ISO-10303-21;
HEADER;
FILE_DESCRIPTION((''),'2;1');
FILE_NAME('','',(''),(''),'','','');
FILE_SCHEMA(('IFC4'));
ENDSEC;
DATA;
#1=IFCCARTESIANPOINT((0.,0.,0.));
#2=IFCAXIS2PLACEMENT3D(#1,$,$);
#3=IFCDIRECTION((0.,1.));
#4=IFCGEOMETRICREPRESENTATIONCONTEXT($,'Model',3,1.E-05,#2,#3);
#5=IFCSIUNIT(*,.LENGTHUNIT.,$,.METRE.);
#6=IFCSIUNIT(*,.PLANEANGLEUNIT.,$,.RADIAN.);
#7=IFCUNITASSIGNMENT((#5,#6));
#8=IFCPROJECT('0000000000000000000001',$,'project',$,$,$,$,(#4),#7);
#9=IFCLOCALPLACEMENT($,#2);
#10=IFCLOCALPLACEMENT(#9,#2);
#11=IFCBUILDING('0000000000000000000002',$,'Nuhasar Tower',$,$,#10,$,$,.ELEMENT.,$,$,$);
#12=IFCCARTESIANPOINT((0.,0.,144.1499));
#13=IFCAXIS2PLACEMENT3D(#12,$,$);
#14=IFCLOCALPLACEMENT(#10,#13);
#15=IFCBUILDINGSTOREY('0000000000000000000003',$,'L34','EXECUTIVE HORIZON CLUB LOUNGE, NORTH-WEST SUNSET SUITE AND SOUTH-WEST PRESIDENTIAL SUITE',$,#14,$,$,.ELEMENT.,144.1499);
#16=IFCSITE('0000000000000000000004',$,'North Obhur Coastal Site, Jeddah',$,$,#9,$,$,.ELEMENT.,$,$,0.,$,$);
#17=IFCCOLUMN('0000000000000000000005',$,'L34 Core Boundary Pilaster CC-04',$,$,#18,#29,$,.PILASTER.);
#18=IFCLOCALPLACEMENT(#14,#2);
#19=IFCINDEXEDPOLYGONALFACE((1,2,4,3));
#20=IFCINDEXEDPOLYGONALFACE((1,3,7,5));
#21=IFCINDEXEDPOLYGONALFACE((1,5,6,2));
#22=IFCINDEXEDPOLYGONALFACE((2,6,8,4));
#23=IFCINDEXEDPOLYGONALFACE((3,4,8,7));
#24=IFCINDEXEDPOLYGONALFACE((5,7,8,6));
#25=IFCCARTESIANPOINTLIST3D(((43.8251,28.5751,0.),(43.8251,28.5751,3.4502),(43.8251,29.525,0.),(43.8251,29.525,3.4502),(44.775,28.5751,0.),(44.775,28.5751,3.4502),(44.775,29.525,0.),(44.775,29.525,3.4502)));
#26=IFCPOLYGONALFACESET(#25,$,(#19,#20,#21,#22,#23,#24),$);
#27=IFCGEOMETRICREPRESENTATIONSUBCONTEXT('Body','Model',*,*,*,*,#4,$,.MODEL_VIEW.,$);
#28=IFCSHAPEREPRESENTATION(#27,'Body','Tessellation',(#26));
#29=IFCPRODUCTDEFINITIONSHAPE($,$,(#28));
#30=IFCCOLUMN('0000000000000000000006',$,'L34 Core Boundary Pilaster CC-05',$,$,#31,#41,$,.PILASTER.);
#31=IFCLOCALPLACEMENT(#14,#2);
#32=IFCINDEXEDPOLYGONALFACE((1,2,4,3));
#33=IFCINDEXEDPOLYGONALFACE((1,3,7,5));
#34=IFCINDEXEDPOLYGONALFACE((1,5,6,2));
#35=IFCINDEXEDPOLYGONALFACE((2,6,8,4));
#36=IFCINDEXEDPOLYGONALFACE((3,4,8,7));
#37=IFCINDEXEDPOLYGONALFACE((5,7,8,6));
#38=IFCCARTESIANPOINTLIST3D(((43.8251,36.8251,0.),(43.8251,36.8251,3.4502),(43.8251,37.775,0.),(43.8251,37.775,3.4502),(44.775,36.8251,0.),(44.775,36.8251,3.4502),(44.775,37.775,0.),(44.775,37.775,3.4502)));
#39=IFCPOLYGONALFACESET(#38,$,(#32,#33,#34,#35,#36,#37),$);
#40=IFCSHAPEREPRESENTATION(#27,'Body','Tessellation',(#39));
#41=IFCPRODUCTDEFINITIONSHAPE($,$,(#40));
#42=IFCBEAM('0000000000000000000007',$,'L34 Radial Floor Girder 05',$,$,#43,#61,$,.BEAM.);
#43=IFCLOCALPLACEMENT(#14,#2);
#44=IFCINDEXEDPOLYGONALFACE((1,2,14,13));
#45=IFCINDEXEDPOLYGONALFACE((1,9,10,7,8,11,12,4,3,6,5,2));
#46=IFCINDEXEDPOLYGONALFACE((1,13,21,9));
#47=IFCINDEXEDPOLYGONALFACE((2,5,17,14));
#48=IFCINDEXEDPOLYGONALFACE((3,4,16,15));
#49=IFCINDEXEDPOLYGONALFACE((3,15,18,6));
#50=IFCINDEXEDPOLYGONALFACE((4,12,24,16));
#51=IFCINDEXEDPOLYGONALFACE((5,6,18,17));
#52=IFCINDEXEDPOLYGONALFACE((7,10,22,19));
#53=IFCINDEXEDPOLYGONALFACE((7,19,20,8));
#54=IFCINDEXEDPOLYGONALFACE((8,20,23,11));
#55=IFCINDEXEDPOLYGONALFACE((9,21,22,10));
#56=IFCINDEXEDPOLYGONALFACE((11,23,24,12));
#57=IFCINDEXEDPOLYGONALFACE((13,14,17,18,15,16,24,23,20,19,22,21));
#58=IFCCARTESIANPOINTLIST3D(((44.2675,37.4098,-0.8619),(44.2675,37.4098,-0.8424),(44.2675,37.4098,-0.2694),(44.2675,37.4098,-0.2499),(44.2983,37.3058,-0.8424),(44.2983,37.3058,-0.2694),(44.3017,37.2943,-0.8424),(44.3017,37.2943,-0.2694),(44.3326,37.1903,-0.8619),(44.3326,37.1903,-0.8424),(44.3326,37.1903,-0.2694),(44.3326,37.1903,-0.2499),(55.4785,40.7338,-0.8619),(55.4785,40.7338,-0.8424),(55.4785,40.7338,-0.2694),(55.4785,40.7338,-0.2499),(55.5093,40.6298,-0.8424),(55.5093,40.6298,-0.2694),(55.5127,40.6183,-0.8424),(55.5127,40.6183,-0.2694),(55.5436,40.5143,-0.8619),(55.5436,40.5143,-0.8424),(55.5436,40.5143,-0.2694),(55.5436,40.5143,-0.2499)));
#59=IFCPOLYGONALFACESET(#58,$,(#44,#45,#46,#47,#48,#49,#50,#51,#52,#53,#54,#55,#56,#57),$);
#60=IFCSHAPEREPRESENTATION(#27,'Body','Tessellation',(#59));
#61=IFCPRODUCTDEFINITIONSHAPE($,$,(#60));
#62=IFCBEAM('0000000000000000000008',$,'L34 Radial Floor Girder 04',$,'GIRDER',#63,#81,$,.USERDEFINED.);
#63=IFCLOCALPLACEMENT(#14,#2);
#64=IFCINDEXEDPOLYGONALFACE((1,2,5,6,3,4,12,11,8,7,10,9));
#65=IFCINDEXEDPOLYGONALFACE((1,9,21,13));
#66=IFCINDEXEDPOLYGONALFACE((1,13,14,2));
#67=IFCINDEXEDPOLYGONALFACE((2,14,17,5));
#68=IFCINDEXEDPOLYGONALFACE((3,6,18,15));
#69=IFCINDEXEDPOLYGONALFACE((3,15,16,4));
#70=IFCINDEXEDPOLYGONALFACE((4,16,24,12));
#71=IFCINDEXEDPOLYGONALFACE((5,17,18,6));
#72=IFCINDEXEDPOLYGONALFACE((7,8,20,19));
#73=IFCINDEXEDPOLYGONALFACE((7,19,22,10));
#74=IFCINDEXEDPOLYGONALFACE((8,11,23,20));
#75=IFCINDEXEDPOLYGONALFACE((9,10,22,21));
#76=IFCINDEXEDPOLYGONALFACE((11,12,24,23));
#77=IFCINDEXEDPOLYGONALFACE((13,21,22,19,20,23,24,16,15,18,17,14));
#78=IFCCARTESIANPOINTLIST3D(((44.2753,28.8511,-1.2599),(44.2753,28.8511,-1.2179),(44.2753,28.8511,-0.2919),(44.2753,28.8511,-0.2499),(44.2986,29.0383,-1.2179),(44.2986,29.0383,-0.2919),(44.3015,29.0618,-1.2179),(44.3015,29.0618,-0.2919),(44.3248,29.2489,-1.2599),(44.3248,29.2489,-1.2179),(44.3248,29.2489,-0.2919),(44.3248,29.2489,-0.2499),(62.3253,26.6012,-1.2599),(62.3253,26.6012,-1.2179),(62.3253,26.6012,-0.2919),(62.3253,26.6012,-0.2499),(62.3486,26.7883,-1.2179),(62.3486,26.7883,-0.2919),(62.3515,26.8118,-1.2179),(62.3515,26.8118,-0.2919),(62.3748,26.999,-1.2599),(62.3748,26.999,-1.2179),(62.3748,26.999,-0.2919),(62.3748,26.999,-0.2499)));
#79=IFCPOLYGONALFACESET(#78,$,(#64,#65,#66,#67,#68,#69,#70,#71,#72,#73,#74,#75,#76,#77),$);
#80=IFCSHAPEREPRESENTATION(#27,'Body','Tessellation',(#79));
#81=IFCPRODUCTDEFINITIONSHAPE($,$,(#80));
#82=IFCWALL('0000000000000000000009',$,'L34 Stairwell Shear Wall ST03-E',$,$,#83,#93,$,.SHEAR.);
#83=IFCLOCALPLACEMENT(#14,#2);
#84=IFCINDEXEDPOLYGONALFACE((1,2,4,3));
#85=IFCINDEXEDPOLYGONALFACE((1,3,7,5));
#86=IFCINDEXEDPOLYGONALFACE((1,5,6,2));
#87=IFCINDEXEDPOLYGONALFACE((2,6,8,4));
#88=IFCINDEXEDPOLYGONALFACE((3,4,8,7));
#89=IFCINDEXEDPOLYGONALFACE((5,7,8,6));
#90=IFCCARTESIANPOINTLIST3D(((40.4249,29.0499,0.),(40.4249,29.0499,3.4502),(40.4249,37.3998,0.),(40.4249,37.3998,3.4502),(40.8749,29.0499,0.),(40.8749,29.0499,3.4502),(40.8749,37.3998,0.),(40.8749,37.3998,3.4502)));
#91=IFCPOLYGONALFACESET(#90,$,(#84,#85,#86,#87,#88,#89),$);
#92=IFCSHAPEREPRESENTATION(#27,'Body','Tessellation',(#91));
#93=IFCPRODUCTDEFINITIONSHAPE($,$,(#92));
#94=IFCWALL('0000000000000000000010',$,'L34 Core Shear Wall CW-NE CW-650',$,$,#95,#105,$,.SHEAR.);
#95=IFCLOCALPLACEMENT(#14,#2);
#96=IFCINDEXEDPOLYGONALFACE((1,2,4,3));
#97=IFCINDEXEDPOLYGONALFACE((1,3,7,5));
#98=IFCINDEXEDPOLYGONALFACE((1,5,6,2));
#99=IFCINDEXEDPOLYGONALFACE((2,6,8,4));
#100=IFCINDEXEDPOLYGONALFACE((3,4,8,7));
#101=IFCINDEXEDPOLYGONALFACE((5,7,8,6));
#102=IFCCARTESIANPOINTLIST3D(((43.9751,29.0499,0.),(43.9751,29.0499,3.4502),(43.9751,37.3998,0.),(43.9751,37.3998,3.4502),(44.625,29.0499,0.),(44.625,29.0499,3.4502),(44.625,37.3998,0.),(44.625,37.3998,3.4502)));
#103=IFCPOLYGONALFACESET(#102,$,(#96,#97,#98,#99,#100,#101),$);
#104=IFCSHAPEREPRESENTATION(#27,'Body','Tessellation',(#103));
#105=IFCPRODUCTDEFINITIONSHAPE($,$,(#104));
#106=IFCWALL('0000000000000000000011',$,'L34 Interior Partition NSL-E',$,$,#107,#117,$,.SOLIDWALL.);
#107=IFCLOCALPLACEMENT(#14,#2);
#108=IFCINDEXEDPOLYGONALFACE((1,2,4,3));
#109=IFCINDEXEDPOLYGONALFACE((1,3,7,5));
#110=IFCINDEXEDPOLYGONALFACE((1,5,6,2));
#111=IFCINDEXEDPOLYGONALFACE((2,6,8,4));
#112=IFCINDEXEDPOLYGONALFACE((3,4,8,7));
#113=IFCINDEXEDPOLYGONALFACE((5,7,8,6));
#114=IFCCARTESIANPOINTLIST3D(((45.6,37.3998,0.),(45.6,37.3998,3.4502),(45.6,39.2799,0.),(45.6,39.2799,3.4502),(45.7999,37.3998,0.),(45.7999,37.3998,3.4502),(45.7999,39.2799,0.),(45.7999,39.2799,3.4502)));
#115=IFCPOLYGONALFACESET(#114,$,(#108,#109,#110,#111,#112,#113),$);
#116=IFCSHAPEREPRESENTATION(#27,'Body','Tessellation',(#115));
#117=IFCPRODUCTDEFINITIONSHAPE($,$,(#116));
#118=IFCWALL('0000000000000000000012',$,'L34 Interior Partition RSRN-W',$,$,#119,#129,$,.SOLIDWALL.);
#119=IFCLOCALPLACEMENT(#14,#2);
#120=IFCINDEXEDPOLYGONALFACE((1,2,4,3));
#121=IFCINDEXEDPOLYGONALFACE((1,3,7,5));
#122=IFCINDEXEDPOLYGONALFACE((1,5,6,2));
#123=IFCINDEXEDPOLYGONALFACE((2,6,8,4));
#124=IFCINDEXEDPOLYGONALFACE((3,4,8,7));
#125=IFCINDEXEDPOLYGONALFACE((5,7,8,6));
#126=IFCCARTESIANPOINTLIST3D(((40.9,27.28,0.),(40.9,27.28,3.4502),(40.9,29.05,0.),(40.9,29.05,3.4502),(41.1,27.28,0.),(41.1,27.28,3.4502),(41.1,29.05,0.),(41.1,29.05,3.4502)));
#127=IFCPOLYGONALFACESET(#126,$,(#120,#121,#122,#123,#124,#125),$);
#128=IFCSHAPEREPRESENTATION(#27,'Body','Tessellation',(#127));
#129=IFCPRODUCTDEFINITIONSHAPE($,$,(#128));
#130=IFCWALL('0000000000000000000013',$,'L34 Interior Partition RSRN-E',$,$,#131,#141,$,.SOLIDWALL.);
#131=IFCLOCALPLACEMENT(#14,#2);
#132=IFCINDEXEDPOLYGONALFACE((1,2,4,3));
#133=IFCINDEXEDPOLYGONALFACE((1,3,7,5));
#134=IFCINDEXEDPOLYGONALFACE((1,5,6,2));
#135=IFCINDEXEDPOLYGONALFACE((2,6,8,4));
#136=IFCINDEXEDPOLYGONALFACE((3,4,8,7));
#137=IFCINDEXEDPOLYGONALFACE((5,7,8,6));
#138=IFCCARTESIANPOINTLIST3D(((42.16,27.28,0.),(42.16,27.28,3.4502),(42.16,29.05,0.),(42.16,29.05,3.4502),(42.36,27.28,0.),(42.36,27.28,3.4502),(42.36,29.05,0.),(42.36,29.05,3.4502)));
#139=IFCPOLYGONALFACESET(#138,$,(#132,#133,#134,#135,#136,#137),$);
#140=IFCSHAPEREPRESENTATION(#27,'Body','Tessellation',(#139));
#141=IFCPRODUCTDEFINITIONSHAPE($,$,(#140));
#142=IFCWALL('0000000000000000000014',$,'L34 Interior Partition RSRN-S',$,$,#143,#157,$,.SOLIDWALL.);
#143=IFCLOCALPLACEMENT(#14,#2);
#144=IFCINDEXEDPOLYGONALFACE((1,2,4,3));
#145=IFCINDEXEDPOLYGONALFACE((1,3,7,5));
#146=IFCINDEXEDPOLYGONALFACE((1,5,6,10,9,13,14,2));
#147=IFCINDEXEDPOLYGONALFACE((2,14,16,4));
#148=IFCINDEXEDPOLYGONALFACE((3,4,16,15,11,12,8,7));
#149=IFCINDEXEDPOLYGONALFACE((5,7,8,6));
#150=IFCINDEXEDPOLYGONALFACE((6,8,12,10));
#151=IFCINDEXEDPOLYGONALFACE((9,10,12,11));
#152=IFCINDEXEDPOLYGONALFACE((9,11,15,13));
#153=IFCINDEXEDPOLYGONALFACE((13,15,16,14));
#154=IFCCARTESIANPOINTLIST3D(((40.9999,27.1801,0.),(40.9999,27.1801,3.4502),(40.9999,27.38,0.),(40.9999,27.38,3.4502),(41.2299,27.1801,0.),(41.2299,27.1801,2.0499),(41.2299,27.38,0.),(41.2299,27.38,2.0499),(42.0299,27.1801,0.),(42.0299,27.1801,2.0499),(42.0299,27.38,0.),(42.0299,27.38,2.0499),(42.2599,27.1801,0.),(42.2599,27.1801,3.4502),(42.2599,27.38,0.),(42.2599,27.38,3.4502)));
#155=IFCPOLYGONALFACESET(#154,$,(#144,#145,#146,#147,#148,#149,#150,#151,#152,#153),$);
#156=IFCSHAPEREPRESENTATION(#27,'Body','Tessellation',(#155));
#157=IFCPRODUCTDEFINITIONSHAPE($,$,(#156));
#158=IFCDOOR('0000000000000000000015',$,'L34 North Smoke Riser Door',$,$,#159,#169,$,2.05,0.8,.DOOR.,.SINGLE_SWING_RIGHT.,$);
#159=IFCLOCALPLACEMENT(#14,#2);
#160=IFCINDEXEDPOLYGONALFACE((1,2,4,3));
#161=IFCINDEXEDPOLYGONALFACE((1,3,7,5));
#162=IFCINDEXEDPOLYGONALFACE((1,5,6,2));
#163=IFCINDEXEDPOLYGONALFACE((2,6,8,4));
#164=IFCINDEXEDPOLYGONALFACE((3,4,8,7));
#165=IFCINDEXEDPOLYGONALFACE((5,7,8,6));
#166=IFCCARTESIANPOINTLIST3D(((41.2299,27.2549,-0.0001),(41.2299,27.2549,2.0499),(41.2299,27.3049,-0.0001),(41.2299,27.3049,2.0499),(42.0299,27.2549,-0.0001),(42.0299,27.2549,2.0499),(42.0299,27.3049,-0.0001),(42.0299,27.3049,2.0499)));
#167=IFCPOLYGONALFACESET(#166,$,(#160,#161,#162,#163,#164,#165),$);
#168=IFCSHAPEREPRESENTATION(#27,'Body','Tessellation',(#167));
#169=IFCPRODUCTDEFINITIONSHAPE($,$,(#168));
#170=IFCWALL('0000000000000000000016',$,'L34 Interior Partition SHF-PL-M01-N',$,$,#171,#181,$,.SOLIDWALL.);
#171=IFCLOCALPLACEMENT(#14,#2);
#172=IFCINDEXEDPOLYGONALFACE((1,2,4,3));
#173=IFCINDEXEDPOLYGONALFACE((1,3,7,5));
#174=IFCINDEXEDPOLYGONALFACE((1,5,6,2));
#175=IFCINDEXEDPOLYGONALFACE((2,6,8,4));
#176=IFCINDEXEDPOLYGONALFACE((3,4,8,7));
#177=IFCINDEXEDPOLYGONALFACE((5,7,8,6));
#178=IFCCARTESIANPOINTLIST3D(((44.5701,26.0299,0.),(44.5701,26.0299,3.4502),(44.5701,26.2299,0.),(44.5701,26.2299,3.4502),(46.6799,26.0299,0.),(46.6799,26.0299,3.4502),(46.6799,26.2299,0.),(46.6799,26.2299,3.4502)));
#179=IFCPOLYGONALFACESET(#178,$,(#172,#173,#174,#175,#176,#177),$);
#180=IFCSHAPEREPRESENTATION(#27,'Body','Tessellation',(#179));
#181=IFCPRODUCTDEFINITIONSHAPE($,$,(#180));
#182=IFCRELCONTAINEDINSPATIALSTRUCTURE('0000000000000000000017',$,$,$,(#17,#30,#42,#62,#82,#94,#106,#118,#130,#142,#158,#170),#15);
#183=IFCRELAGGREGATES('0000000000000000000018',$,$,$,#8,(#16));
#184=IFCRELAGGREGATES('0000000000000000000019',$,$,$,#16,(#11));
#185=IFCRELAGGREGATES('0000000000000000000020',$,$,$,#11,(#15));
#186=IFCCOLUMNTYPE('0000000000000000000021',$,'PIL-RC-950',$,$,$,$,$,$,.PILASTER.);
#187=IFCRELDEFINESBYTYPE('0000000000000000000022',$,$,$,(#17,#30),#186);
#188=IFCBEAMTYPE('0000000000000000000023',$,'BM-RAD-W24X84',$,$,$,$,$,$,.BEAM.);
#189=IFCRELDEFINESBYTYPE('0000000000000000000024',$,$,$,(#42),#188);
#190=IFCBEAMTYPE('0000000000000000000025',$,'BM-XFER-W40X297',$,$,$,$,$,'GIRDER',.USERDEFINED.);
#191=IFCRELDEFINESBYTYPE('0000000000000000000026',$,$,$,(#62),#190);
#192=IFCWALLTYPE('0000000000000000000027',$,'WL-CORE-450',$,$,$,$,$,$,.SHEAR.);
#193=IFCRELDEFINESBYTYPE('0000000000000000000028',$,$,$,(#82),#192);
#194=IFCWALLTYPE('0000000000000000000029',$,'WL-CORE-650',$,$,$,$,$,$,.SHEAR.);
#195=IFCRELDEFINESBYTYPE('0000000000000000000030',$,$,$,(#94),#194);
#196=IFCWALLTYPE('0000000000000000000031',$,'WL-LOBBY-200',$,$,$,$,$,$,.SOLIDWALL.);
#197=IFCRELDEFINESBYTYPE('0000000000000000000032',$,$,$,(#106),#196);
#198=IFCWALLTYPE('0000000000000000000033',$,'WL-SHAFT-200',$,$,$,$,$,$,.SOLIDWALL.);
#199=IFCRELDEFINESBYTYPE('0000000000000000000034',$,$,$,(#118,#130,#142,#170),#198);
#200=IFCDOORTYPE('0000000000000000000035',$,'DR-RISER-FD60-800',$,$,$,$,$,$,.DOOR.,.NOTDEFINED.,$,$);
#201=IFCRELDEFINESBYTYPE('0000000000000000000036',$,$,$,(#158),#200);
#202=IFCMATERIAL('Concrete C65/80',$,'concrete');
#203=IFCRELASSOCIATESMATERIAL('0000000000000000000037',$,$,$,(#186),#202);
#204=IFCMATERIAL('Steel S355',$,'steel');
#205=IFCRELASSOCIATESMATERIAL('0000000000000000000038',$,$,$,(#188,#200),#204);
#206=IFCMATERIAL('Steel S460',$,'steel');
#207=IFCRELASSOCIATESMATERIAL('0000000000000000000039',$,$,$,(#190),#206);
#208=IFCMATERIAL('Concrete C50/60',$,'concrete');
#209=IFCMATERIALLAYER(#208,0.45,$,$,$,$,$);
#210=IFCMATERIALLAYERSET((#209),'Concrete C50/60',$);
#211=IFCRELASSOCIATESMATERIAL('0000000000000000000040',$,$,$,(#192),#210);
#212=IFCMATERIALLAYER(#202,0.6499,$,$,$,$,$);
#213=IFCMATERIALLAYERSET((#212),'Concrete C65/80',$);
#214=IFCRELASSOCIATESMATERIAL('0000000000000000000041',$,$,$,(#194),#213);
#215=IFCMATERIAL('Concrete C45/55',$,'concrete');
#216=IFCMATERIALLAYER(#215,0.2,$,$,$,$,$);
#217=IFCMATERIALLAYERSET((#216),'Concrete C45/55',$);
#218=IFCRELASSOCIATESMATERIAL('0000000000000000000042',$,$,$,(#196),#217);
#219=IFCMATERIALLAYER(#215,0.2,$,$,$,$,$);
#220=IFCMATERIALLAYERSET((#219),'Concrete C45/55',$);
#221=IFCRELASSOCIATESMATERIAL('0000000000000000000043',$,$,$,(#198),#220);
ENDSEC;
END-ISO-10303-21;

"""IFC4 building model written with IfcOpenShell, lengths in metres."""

from ifc_helpers import new_model, si_unit, direction, frame, frame_2d, origin, origin_2d, place, context, subcontext, project, spatial, rectangle, i_section, extrude, material, layer, layer_set, material_profile, profile_set, type_object, element, fill, save


model = new_model("IFC4")

# Units and contexts
model_context = context("Model", 3, precision=1e-05, world=origin(), true_north=direction((0.0, 1.0)))
body_context = subcontext(model_context, "Body", "Model", "MODEL_VIEW")
ifc_project = project(units=[si_unit("LENGTHUNIT", "METRE"), si_unit("PLANEANGLEUNIT", "RADIAN")], contexts=[model_context])

# Site, building, storey
site_placement = place(None, origin())
site = spatial("IfcSite", under=ifc_project, at=site_placement, Name="North Obhur Coastal Site, Jeddah", CompositionType="ELEMENT", RefElevation=0.0)
building_placement = place(site_placement, origin())
building = spatial("IfcBuilding", under=site, at=building_placement, Name="Nuhasar Tower", CompositionType="ELEMENT")
storey_placement = place(building_placement, frame((0.0, 0.0, 144.1499)))
storey = spatial("IfcBuildingStorey", under=building, at=storey_placement, Name="L34", Description="EXECUTIVE HORIZON CLUB LOUNGE, NORTH-WEST SUNSET SUITE AND SOUTH-WEST PRESIDENTIAL SUITE", CompositionType="ELEMENT", Elevation=144.1499)

# Columns
ifc_material_1 = material(Name="Concrete C65/80", Category="concrete")
ifc_material_profile_1 = material_profile(ifc_material_1, rectangle(XDim=0.95, YDim=0.95, at=origin_2d()), Name="RC950X950")
ifc_profile_set_1 = profile_set([ifc_material_profile_1], Name="Concrete C65/80")
column_type = type_object("IfcColumnType", Name="PIL-RC-950", PredefinedType="PILASTER", material=ifc_profile_set_1)
for number, where, z_axis, x_axis, name in (
    (1, (44.3, 29.05, 0.0), (0.0, 0.0, 1.0), (1.0, 0.0, 0.0), "L34 Core Boundary Pilaster CC-04"),
    (2, (44.3, 37.3, 0.0), (0.0, 0.0, 1.0), (1.0, 0.0, 0.0), "L34 Core Boundary Pilaster CC-05"),
):
    element("IfcColumn", number, at=place(storey_placement, frame(where, z_axis=z_axis, x_axis=x_axis)), inside=storey, type_object=column_type, Name=name, PredefinedType="PILASTER", context=body_context, shape_type="SweptSolid", body=[
        extrude(rectangle(XDim=0.95, YDim=0.95, at=origin_2d()), origin(), (0.0, 0.0, 1.0), 3.4502),
    ])

# Beams
ifc_material_2 = material(Name="Steel S355", Category="steel")
ifc_material_profile_2 = material_profile(ifc_material_2, i_section(OverallWidth=0.229, OverallDepth=0.6121, WebThickness=0.012, FlangeThickness=0.0195, at=origin_2d()), Name="W24X84")
ifc_profile_set_2 = profile_set([ifc_material_profile_2], Name="Steel S355")
beam_type_1 = type_object("IfcBeamType", Name="BM-RAD-W24X84", PredefinedType="BEAM", material=ifc_profile_set_2)
beam_1_placement = place(storey_placement, frame((44.3, 37.3, -0.5559), z_axis=(0.958746, 0.284262, 0.0), x_axis=(-0.284262, 0.958746, 0.0)))
element("IfcBeam", 3, at=beam_1_placement, inside=storey, type_object=beam_type_1, Name="L34 Radial Floor Girder 05", PredefinedType="BEAM", context=body_context, shape_type="SweptSolid", body=[
    extrude(i_section(OverallWidth=0.229, OverallDepth=0.6121, WebThickness=0.012, FlangeThickness=0.0195, at=origin_2d()), origin(), (0.0, 0.0, 1.0), 11.6934),
])
ifc_material_3 = material(Name="Steel S460", Category="steel")
ifc_material_profile_3 = material_profile(ifc_material_3, i_section(OverallWidth=0.4009, OverallDepth=1.01, WebThickness=0.0237, FlangeThickness=0.042, at=origin_2d()), Name="W40X297")
ifc_profile_set_3 = profile_set([ifc_material_profile_3], Name="Steel S460")
beam_type_2 = type_object("IfcBeamType", Name="BM-XFER-W40X297", ElementType="GIRDER", PredefinedType="USERDEFINED", material=ifc_profile_set_3)
beam_2_placement = place(storey_placement, frame((44.3, 29.05, -0.7549), z_axis=(0.99232, -0.123696, 0.0), x_axis=(0.123696, 0.99232, 0.0)))
element("IfcBeam", 4, at=beam_2_placement, inside=storey, type_object=beam_type_2, Name="L34 Radial Floor Girder 04", ObjectType="GIRDER", PredefinedType="USERDEFINED", context=body_context, shape_type="SweptSolid", body=[
    extrude(i_section(OverallWidth=0.4009, OverallDepth=1.01, WebThickness=0.0237, FlangeThickness=0.042, at=origin_2d()), origin(), (0.0, 0.0, 1.0), 18.1897),
])

# Shared definitions
ifc_material_4 = material(Name="Concrete C50/60", Category="concrete")
ifc_layer_1 = layer(ifc_material_4, 0.45)
ifc_layer_set_1 = layer_set([ifc_layer_1], Name="Concrete C50/60")
wall_type_1 = type_object("IfcWallType", Name="WL-CORE-450", PredefinedType="SHEAR", material=ifc_layer_set_1)

# Wall
wall_1_placement = place(storey_placement, frame((40.6499, 29.05, 0.0), z_axis=(0.0, 0.0, 1.0), x_axis=(0.0, 1.0, 0.0)))
element("IfcWall", 5, at=wall_1_placement, inside=storey, type_object=wall_type_1, Name="L34 Stairwell Shear Wall ST03-E", PredefinedType="SHEAR", context=body_context, shape_type="SweptSolid", body=[
    extrude(rectangle(XDim=8.3499, YDim=0.45, at=frame_2d((4.1748, 0.0))), origin(), (0.0, 0.0, 1.0), 3.4502),
])

# Walls
ifc_layer_2 = layer(ifc_material_1, 0.6499)
ifc_layer_set_2 = layer_set([ifc_layer_2], Name="Concrete C65/80")
wall_type_2 = type_object("IfcWallType", Name="WL-CORE-650", PredefinedType="SHEAR", material=ifc_layer_set_2)
wall_2_placement = place(storey_placement, frame((44.3, 29.05, 0.0), z_axis=(0.0, 0.0, 1.0), x_axis=(0.0, 1.0, 0.0)))
element("IfcWall", 6, at=wall_2_placement, inside=storey, type_object=wall_type_2, Name="L34 Core Shear Wall CW-NE CW-650", PredefinedType="SHEAR", context=body_context, shape_type="SweptSolid", body=[
    extrude(rectangle(XDim=8.3499, YDim=0.6499, at=frame_2d((4.1748, 0.0))), origin(), (0.0, 0.0, 1.0), 3.4502),
])
ifc_material_5 = material(Name="Concrete C45/55", Category="concrete")
ifc_layer_3 = layer(ifc_material_5, 0.2)
ifc_layer_set_3 = layer_set([ifc_layer_3], Name="Concrete C45/55")
wall_type_3 = type_object("IfcWallType", Name="WL-LOBBY-200", PredefinedType="SOLIDWALL", material=ifc_layer_set_3)
wall_3_placement = place(storey_placement, frame((45.7, 37.3999, 0.0), z_axis=(0.0, 0.0, 1.0), x_axis=(0.0, 1.0, 0.0)))
element("IfcWall", 7, at=wall_3_placement, inside=storey, type_object=wall_type_3, Name="L34 Interior Partition NSL-E", PredefinedType="SOLIDWALL", context=body_context, shape_type="SweptSolid", body=[
    extrude(rectangle(XDim=1.8801, YDim=0.2, at=frame_2d((0.9399, 0.0))), origin(), (0.0, 0.0, 1.0), 3.4502),
])
ifc_layer_4 = layer(ifc_material_5, 0.2)
ifc_layer_set_4 = layer_set([ifc_layer_4], Name="Concrete C45/55")
wall_type_4 = type_object("IfcWallType", Name="WL-SHAFT-200", PredefinedType="SOLIDWALL", material=ifc_layer_set_4)
for number, where, z_axis, x_axis, name in (
    (8, (41.0, 27.28, 0.0), (0.0, 0.0, 1.0), (0.0, 1.0, 0.0), "L34 Interior Partition RSRN-W"),
    (9, (42.26, 27.28, 0.0), (0.0, 0.0, 1.0), (0.0, 1.0, 0.0), "L34 Interior Partition RSRN-E"),
):
    element("IfcWall", number, at=place(storey_placement, frame(where, z_axis=z_axis, x_axis=x_axis)), inside=storey, type_object=wall_type_4, Name=name, PredefinedType="SOLIDWALL", context=body_context, shape_type="SweptSolid", body=[
        extrude(rectangle(XDim=1.77, YDim=0.2, at=frame_2d((0.885, 0.0))), origin(), (0.0, 0.0, 1.0), 3.4502),
    ])

# Wall, opening, door
wall_4_placement = place(storey_placement, frame((41.0, 27.28, 0.0), z_axis=(0.0, 0.0, 1.0), x_axis=(1.0, 0.0, 0.0)))
wall_4 = element("IfcWall", 10, at=wall_4_placement, inside=storey, type_object=wall_type_4, Name="L34 Interior Partition RSRN-S", PredefinedType="SOLIDWALL", context=body_context, shape_type="SweptSolid", body=[
    extrude(rectangle(XDim=1.26, YDim=0.2, at=frame_2d((0.6299, 0.0))), origin(), (0.0, 0.0, 1.0), 3.4502),
])
opening_1_placement = place(wall_4_placement, frame((0.23, 0.0, 0.0)))
opening_1 = element("IfcOpeningElement", 11, at=opening_1_placement, cuts=wall_4, PredefinedType="OPENING", context=body_context, shape_type="SweptSolid", body=[
    extrude(rectangle(XDim=0.8, YDim=2.05, at=frame_2d((0.3999, 1.0249))), frame((0.0, 0.1099, 0.0), z_axis=(0.0, -1.0, 0.0), x_axis=(1.0, 0.0, 0.0)), (0.0, 0.0, 1.0), 0.22),
])
door_type_1 = type_object("IfcDoorType", Name="DR-RISER-FD60-800", OperationType="NOTDEFINED", PredefinedType="DOOR", material=ifc_material_2)
door_1_placement = place(opening_1_placement, origin())
door_1 = element("IfcDoor", 12, at=door_1_placement, inside=storey, type_object=door_type_1, Name="L34 North Smoke Riser Door", OperationType="SINGLE_SWING_RIGHT", OverallHeight=2.05, OverallWidth=0.8, PredefinedType="DOOR", context=body_context, shape_type="SweptSolid", body=[
    extrude(rectangle(XDim=0.8, YDim=2.05, at=frame_2d((0.3999, 1.0249))), frame((0.0, 0.0249, 0.0), z_axis=(0.0, -1.0, 0.0), x_axis=(1.0, 0.0, 0.0)), (0.0, 0.0, 1.0), 0.05),
])
fill(opening_1, door_1)

# Wall
wall_5_placement = place(storey_placement, frame((44.5701, 26.1299, 0.0), z_axis=(0.0, 0.0, 1.0), x_axis=(1.0, 0.0, 0.0)))
element("IfcWall", 13, at=wall_5_placement, inside=storey, type_object=wall_type_4, Name="L34 Interior Partition SHF-PL-M01-N", PredefinedType="SOLIDWALL", context=body_context, shape_type="SweptSolid", body=[
    extrude(rectangle(XDim=2.1099, YDim=0.2, at=frame_2d((1.0549, 0.0))), origin(), (0.0, 0.0, 1.0), 3.4502),
])

save(model, "model.ifc")
